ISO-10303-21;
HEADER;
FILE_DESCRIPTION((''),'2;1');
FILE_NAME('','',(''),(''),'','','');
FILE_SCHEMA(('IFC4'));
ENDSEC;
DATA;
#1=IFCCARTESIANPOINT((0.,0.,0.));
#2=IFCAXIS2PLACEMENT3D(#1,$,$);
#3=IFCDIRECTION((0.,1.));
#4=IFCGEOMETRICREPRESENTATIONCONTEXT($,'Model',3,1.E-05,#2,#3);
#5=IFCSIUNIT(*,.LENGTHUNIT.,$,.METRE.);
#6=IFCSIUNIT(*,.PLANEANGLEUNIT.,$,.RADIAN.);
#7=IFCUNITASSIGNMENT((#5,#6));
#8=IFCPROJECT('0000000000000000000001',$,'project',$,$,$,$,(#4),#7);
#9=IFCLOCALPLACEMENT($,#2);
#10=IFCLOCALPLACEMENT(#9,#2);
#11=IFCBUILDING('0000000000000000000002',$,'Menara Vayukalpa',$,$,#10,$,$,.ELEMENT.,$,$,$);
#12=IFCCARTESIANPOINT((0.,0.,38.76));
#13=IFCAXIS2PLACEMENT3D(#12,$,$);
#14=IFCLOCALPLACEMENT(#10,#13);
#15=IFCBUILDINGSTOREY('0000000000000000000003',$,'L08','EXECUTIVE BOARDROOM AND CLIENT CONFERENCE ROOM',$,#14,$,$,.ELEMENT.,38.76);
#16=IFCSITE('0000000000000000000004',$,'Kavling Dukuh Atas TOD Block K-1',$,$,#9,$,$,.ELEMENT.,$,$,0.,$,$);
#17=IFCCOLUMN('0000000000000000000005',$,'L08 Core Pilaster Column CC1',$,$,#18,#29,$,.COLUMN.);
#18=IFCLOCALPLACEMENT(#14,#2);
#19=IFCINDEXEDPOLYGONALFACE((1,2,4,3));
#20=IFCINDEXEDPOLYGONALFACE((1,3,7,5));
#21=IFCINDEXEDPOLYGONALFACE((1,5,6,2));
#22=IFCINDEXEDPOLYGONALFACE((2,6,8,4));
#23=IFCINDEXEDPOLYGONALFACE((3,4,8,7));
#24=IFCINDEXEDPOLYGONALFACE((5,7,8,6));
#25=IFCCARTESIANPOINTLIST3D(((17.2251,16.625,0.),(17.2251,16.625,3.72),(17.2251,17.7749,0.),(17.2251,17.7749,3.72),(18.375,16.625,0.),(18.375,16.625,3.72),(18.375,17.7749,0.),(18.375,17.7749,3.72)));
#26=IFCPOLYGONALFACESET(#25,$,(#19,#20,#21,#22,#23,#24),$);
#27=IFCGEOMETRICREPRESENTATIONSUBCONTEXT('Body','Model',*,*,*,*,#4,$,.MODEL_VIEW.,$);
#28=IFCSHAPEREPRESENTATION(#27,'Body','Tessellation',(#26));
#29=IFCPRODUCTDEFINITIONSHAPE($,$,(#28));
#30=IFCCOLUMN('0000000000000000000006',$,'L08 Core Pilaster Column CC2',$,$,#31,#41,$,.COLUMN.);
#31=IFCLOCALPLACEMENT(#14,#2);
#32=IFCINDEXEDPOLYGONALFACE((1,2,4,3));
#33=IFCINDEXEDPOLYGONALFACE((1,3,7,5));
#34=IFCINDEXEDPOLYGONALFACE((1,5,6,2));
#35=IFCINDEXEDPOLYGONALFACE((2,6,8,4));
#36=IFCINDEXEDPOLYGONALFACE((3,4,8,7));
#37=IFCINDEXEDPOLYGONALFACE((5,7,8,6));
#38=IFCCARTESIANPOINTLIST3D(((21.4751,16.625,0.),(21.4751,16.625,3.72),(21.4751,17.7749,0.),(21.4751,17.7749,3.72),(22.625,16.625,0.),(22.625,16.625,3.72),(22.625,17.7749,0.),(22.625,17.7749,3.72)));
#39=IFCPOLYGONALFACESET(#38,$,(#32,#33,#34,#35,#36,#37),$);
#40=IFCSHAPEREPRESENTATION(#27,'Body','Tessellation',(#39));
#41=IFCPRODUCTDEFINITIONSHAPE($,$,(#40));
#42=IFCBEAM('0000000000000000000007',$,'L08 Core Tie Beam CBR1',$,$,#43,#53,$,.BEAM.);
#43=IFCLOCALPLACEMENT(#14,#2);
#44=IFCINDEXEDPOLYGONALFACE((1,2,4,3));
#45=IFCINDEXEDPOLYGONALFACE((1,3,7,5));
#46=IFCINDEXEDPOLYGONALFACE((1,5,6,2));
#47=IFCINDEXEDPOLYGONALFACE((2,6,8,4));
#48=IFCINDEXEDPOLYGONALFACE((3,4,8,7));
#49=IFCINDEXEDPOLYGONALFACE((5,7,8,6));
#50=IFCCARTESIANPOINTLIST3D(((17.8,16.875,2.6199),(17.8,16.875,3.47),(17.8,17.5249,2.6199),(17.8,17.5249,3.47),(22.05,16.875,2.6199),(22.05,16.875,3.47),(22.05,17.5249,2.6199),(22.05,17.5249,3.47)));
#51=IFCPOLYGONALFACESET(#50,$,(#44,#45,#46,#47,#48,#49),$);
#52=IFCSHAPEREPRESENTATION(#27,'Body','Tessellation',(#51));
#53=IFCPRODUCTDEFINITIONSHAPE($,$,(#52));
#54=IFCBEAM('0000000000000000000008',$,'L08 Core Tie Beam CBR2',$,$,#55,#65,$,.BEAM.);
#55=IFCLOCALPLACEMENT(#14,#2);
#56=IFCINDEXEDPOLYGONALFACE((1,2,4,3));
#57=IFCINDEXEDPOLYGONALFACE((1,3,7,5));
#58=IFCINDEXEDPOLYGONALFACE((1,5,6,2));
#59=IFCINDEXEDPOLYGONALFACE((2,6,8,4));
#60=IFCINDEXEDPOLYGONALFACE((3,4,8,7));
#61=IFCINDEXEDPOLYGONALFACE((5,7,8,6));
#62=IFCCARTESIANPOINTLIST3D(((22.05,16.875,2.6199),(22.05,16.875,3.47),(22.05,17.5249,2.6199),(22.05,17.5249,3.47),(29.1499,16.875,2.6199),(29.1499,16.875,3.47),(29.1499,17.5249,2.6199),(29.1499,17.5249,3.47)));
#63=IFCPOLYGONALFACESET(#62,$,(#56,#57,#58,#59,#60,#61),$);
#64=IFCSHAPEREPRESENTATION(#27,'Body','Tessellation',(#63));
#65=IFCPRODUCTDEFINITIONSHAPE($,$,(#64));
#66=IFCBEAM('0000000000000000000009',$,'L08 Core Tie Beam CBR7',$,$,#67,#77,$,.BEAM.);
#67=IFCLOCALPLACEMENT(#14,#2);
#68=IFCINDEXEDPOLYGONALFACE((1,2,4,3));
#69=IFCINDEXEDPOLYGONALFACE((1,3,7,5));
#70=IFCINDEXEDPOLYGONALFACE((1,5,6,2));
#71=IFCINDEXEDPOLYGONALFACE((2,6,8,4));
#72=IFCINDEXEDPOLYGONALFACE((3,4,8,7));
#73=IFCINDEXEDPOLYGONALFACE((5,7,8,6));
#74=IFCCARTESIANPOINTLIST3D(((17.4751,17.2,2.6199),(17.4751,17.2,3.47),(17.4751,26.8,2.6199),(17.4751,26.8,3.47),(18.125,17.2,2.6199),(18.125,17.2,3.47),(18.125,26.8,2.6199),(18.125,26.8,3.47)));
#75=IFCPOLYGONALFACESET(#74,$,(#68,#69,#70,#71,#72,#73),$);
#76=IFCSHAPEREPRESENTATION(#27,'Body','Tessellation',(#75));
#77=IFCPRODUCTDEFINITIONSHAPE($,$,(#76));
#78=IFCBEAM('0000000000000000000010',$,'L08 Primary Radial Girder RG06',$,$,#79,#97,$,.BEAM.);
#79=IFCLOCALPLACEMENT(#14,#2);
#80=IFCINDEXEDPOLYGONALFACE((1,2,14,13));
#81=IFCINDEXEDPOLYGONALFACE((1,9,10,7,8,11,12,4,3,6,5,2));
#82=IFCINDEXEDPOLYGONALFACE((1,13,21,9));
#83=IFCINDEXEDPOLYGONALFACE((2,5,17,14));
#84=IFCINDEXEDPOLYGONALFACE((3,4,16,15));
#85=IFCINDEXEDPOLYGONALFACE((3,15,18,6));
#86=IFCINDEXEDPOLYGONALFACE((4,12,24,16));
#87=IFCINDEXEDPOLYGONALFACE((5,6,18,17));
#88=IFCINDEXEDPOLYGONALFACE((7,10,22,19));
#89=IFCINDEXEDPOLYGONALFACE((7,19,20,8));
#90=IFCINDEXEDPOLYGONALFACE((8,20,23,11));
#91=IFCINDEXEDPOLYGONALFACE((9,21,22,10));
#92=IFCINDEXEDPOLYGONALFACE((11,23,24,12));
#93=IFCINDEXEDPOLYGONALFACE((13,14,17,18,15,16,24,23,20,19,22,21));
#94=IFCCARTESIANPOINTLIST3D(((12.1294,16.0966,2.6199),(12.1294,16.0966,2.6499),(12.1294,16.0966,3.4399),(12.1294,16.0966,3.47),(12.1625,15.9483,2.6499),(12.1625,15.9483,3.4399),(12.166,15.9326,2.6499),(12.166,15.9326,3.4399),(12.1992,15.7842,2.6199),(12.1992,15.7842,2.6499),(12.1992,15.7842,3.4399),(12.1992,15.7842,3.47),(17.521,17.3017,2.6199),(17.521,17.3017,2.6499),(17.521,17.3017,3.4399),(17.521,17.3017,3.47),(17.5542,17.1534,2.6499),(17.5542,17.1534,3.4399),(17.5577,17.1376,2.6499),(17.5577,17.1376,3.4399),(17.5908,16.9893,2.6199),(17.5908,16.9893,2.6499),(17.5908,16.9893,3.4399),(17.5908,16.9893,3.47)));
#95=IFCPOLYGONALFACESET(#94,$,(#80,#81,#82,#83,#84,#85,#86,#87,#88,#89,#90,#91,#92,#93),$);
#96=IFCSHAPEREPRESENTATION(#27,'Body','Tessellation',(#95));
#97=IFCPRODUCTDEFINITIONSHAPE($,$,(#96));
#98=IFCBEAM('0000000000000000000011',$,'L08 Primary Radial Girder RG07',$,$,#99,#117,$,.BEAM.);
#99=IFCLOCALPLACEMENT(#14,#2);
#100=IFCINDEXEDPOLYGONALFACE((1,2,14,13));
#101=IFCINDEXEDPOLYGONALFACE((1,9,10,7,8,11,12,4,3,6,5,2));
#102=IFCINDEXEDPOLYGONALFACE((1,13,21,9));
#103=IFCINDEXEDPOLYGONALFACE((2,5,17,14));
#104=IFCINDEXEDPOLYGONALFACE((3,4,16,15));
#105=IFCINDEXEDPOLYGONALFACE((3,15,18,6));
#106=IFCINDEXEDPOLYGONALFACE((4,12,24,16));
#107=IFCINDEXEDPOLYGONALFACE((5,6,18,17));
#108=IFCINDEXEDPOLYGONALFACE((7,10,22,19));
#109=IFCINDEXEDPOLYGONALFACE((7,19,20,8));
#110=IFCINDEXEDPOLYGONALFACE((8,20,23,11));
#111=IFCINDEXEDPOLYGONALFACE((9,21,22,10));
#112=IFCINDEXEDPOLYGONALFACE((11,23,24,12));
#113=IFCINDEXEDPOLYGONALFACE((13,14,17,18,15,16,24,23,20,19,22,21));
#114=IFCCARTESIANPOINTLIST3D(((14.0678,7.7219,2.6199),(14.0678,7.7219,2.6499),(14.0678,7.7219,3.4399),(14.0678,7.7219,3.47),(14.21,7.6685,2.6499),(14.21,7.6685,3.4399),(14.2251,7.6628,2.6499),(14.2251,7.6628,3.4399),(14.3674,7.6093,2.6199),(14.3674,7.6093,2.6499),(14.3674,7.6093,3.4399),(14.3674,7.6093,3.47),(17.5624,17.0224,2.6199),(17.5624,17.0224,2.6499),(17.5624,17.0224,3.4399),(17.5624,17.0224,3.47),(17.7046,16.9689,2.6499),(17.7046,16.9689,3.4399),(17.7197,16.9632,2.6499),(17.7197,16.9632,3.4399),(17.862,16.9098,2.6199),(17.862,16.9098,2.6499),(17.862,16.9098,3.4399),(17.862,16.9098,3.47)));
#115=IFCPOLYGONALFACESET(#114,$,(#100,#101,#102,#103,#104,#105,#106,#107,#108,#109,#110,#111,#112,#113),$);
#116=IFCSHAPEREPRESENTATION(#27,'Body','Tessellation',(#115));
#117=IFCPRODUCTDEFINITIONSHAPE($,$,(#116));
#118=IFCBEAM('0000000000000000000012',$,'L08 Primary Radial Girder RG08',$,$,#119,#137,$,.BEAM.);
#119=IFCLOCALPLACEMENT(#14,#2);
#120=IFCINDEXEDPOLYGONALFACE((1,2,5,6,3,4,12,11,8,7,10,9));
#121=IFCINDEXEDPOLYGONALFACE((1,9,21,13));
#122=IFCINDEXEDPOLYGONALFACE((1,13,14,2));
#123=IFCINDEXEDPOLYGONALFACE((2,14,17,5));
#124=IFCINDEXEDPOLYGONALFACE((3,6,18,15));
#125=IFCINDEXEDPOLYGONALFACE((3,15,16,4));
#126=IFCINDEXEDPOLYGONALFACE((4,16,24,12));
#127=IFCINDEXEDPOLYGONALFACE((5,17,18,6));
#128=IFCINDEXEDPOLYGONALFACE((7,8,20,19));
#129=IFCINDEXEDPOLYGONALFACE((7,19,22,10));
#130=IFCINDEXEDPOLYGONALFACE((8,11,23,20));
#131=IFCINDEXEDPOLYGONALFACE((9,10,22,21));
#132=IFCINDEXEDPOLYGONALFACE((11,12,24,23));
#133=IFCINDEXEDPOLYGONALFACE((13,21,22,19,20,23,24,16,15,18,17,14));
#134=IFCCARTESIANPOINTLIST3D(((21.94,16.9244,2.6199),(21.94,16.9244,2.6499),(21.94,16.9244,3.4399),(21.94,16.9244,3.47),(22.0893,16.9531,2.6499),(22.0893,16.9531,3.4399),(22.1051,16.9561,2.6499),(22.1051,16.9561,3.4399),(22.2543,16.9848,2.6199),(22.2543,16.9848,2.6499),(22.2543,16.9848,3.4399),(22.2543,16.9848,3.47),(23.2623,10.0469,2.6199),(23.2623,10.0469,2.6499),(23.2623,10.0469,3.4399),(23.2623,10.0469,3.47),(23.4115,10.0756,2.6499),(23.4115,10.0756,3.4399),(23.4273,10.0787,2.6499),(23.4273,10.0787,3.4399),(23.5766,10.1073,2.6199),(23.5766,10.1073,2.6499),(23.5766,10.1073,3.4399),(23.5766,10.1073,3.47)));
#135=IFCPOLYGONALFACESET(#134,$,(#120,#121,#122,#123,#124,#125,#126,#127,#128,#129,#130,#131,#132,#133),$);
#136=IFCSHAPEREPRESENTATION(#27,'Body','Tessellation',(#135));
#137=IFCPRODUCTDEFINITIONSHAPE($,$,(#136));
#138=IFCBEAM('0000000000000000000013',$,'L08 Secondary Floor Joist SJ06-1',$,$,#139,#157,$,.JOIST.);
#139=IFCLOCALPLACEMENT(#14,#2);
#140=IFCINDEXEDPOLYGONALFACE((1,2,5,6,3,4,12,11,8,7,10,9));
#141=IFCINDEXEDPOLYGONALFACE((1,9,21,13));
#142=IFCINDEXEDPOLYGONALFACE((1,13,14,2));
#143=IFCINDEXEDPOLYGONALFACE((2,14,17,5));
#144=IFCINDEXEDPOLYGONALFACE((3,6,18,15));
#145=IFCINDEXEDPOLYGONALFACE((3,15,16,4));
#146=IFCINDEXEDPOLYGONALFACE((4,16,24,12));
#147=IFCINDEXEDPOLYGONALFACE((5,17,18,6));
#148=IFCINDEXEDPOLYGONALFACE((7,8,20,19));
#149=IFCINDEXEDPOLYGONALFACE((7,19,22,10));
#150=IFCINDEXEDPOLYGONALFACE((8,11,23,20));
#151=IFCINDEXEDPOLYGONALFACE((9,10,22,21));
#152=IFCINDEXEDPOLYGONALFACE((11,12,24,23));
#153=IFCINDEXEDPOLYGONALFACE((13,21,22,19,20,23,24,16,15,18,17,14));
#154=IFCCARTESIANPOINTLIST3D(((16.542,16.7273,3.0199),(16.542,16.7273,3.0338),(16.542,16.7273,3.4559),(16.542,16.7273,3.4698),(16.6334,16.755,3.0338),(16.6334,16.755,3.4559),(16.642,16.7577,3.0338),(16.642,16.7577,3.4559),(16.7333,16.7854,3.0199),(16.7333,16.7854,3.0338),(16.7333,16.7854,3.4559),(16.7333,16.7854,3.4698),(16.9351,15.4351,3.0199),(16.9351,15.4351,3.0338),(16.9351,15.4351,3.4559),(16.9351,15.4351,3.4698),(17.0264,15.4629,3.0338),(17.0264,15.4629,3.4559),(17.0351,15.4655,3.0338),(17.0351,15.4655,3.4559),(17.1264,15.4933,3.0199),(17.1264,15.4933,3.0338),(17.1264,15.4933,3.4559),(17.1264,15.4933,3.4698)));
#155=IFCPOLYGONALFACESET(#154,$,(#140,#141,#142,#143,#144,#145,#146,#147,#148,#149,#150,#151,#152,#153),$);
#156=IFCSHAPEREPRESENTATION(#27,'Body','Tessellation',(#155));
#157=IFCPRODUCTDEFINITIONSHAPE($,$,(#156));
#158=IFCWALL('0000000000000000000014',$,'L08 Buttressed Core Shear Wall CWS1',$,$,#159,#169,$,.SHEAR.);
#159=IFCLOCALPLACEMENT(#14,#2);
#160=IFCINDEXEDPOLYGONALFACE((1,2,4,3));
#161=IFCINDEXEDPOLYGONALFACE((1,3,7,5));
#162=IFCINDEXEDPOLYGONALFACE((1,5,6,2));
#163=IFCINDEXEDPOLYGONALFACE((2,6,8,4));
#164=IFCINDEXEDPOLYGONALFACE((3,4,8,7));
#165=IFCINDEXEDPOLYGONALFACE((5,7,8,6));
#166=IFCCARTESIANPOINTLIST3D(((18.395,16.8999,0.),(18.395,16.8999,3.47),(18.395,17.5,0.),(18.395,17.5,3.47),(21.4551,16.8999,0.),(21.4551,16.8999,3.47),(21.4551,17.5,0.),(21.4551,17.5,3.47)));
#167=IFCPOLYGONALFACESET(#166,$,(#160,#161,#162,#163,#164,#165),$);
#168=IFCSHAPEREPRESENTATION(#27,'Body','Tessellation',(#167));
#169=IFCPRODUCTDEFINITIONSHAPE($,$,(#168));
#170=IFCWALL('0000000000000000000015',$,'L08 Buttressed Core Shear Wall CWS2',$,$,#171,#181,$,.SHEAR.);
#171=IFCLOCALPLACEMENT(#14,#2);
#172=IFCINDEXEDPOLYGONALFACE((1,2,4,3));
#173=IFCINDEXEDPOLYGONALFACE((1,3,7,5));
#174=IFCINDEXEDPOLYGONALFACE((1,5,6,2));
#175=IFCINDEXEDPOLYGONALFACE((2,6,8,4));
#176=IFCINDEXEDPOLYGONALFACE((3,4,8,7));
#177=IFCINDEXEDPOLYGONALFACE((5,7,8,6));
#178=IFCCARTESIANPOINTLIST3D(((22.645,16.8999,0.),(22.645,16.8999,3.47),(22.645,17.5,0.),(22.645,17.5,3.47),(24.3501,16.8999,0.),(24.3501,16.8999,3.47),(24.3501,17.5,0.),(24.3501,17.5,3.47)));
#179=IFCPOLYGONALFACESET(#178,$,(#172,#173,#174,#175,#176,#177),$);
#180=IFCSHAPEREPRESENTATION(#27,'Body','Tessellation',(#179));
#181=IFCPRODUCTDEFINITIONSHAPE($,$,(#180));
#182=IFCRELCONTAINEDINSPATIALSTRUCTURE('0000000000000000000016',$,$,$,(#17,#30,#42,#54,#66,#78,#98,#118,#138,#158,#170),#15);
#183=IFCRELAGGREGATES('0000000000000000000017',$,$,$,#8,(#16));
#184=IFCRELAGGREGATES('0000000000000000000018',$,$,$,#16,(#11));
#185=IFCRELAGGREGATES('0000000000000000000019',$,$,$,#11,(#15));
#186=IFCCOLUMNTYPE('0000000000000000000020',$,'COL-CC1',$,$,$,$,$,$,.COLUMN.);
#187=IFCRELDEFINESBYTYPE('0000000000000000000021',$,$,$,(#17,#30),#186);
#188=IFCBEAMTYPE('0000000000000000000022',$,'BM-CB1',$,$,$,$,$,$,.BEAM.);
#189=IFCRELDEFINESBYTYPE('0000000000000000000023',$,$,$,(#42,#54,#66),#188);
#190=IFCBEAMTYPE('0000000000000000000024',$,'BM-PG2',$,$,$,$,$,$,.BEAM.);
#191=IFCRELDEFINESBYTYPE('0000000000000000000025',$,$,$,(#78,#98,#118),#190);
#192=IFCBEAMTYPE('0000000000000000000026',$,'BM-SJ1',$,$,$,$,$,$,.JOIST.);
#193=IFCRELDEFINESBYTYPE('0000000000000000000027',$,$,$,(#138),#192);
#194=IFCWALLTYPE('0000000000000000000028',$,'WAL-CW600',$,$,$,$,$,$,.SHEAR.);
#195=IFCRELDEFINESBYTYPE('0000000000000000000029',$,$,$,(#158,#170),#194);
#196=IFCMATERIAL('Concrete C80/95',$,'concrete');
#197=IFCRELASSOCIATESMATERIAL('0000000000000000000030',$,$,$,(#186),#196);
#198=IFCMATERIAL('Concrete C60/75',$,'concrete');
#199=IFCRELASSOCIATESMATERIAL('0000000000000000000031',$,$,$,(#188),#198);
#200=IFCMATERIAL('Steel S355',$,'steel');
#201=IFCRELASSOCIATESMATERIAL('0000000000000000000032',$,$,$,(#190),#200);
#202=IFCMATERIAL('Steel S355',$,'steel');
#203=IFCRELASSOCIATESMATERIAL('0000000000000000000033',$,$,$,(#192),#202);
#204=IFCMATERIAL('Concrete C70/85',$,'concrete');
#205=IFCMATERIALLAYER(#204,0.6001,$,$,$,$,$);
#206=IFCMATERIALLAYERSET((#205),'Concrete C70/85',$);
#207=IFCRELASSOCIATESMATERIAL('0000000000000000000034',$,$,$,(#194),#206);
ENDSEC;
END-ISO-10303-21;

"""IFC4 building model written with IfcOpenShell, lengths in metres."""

from ifc_helpers import new_model, si_unit, direction, frame, frame_2d, origin, origin_2d, place, context, subcontext, project, spatial, rectangle, i_section, extrude, material, layer, layer_set, material_profile, profile_set, type_object, element, save


model = new_model("IFC4")

# Units and contexts
model_context = context("Model", 3, precision=1e-05, world=origin(), true_north=direction((0.0, 1.0)))
body_context = subcontext(model_context, "Body", "Model", "MODEL_VIEW")
ifc_project = project(units=[si_unit("LENGTHUNIT", "METRE"), si_unit("PLANEANGLEUNIT", "RADIAN")], contexts=[model_context])

# Site, building, storey
site_placement = place(None, origin())
site = spatial("IfcSite", under=ifc_project, at=site_placement, Name="Kavling Dukuh Atas TOD Block K-1", CompositionType="ELEMENT", RefElevation=0.0)
building_placement = place(site_placement, origin())
building = spatial("IfcBuilding", under=site, at=building_placement, Name="Menara Vayukalpa", CompositionType="ELEMENT")
storey_placement = place(building_placement, frame((0.0, 0.0, 38.76)))
storey = spatial("IfcBuildingStorey", under=building, at=storey_placement, Name="L08", Description="EXECUTIVE BOARDROOM AND CLIENT CONFERENCE ROOM", CompositionType="ELEMENT", Elevation=38.76)

# Columns
ifc_material_1 = material(Name="Concrete C80/95", Category="concrete")
ifc_material_profile_1 = material_profile(ifc_material_1, rectangle(XDim=1.1499, YDim=1.1499, at=origin_2d()), Name="RC 1150x1150")
ifc_profile_set_1 = profile_set([ifc_material_profile_1], Name="Concrete C80/95")
column_type = type_object("IfcColumnType", Name="COL-CC1", PredefinedType="COLUMN", material=ifc_profile_set_1)
for number, where, z_axis, x_axis, name in (
    (1, (17.8, 17.2, 0.0), (0.0, 0.0, 1.0), (1.0, 0.0, 0.0), "L08 Core Pilaster Column CC1"),
    (2, (22.05, 17.2, 0.0), (0.0, 0.0, 1.0), (1.0, 0.0, 0.0), "L08 Core Pilaster Column CC2"),
):
    element("IfcColumn", number, at=place(storey_placement, frame(where, z_axis=z_axis, x_axis=x_axis)), inside=storey, type_object=column_type, Name=name, PredefinedType="COLUMN", context=body_context, shape_type="SweptSolid", body=[
        extrude(rectangle(XDim=1.1499, YDim=1.1499, at=origin_2d()), origin(), (0.0, 0.0, 1.0), 3.72),
    ])

# Beams
ifc_material_2 = material(Name="Concrete C60/75", Category="concrete")
ifc_material_profile_2 = material_profile(ifc_material_2, rectangle(XDim=0.6499, YDim=0.8501, at=origin_2d()), Name="RC 650x850")
ifc_profile_set_2 = profile_set([ifc_material_profile_2], Name="Concrete C60/75")
beam_type_1 = type_object("IfcBeamType", Name="BM-CB1", PredefinedType="BEAM", material=ifc_profile_set_2)
beam_1_placement = place(storey_placement, frame((17.8, 17.2, 3.0449), z_axis=(1.0, 0.0, 0.0), x_axis=(0.0, 1.0, 0.0)))
element("IfcBeam", 3, at=beam_1_placement, inside=storey, type_object=beam_type_1, Name="L08 Core Tie Beam CBR1", PredefinedType="BEAM", context=body_context, shape_type="SweptSolid", body=[
    extrude(rectangle(XDim=0.6499, YDim=0.8501, at=origin_2d()), origin(), (0.0, 0.0, 1.0), 4.25),
])
beam_2_placement = place(storey_placement, frame((22.05, 17.2, 3.0449), z_axis=(1.0, 0.0, 0.0), x_axis=(0.0, 1.0, 0.0)))
element("IfcBeam", 4, at=beam_2_placement, inside=storey, type_object=beam_type_1, Name="L08 Core Tie Beam CBR2", PredefinedType="BEAM", context=body_context, shape_type="SweptSolid", body=[
    extrude(rectangle(XDim=0.6499, YDim=0.8501, at=origin_2d()), origin(), (0.0, 0.0, 1.0), 7.0999),
])
beam_3_placement = place(storey_placement, frame((17.8, 17.2, 3.0449), z_axis=(0.0, 1.0, 0.0), x_axis=(-1.0, 0.0, 0.0)))
element("IfcBeam", 5, at=beam_3_placement, inside=storey, type_object=beam_type_1, Name="L08 Core Tie Beam CBR7", PredefinedType="BEAM", context=body_context, shape_type="SweptSolid", body=[
    extrude(rectangle(XDim=0.6499, YDim=0.8501, at=origin_2d()), origin(), (0.0, 0.0, 1.0), 9.6001),
])
ifc_material_3 = material(Name="Steel S355", Category="steel")
ifc_material_profile_3 = material_profile(ifc_material_3, i_section(OverallWidth=0.3201, OverallDepth=0.8501, WebThickness=0.0161, FlangeThickness=0.03, at=origin_2d()), Name="WF 850x320x16x30")
ifc_profile_set_3 = profile_set([ifc_material_profile_3], Name="Steel S355")
beam_type_2 = type_object("IfcBeamType", Name="BM-PG2", PredefinedType="BEAM", material=ifc_profile_set_3)
beam_4_placement = place(storey_placement, frame((17.5559, 17.1455, 3.0449), z_axis=(-0.97592, -0.218128, 0.0), x_axis=(0.218128, -0.97592, 0.0)))
element("IfcBeam", 6, at=beam_4_placement, inside=storey, type_object=beam_type_2, Name="L08 Primary Radial Girder RG06", PredefinedType="BEAM", context=body_context, shape_type="SweptSolid", body=[
    extrude(i_section(OverallWidth=0.3201, OverallDepth=0.8501, WebThickness=0.0161, FlangeThickness=0.03, at=origin_2d()), origin(), (0.0, 0.0, 1.0), 5.5247),
])
beam_5_placement = place(storey_placement, frame((17.7122, 16.9661, 3.0449), z_axis=(-0.351735, -0.9361, 0.0), x_axis=(0.9361, -0.351735, 0.0)))
element("IfcBeam", 7, at=beam_5_placement, inside=storey, type_object=beam_type_2, Name="L08 Primary Radial Girder RG07", PredefinedType="BEAM", context=body_context, shape_type="SweptSolid", body=[
    extrude(i_section(OverallWidth=0.3201, OverallDepth=0.8501, WebThickness=0.0161, FlangeThickness=0.03, at=origin_2d()), origin(), (0.0, 0.0, 1.0), 9.9353),
])
beam_6_placement = place(storey_placement, frame((22.0972, 16.9546, 3.0449), z_axis=(0.188803, -0.982015, 0.0), x_axis=(0.982015, 0.188803, 0.0)))
element("IfcBeam", 8, at=beam_6_placement, inside=storey, type_object=beam_type_2, Name="L08 Primary Radial Girder RG08", PredefinedType="BEAM", context=body_context, shape_type="SweptSolid", body=[
    extrude(i_section(OverallWidth=0.3201, OverallDepth=0.8501, WebThickness=0.0161, FlangeThickness=0.03, at=origin_2d()), origin(), (0.0, 0.0, 1.0), 7.0034),
])
ifc_material_4 = material(Name="Steel S355", Category="steel")
ifc_material_profile_4 = material_profile(ifc_material_4, i_section(OverallWidth=0.2, OverallDepth=0.45, WebThickness=0.009, FlangeThickness=0.0139, at=origin_2d()), Name="WF 450x200x9x14")
ifc_profile_set_4 = profile_set([ifc_material_profile_4], Name="Steel S355")
beam_type_3 = type_object("IfcBeamType", Name="BM-SJ1", PredefinedType="JOIST", material=ifc_profile_set_4)
beam_7_placement = place(storey_placement, frame((16.6377, 16.7563, 3.2449), z_axis=(0.291011, -0.95672, 0.0), x_axis=(0.95672, 0.291011, 0.0)))
element("IfcBeam", 9, at=beam_7_placement, inside=storey, type_object=beam_type_3, Name="L08 Secondary Floor Joist SJ06-1", PredefinedType="JOIST", context=body_context, shape_type="SweptSolid", body=[
    extrude(i_section(OverallWidth=0.2, OverallDepth=0.45, WebThickness=0.009, FlangeThickness=0.0139, at=origin_2d()), origin(), (0.0, 0.0, 1.0), 1.3506),
])

# Walls
ifc_material_5 = material(Name="Concrete C70/85", Category="concrete")
ifc_layer_1 = layer(ifc_material_5, 0.6001)
ifc_layer_set_1 = layer_set([ifc_layer_1], Name="Concrete C70/85")
wall_type_1 = type_object("IfcWallType", Name="WAL-CW600", PredefinedType="SHEAR", material=ifc_layer_set_1)
wall_1_placement = place(storey_placement, frame((18.395, 17.2, 0.0), z_axis=(0.0, 0.0, 1.0), x_axis=(1.0, 0.0, 0.0)))
element("IfcWall", 10, at=wall_1_placement, inside=storey, type_object=wall_type_1, Name="L08 Buttressed Core Shear Wall CWS1", PredefinedType="SHEAR", context=body_context, shape_type="SweptSolid", body=[
    extrude(rectangle(XDim=3.0601, YDim=0.6001, at=frame_2d((1.53, 0.0))), origin(), (0.0, 0.0, 1.0), 3.47),
])
wall_2_placement = place(storey_placement, frame((22.645, 17.2, 0.0), z_axis=(0.0, 0.0, 1.0), x_axis=(1.0, 0.0, 0.0)))
element("IfcWall", 11, at=wall_2_placement, inside=storey, type_object=wall_type_1, Name="L08 Buttressed Core Shear Wall CWS2", PredefinedType="SHEAR", context=body_context, shape_type="SweptSolid", body=[
    extrude(rectangle(XDim=1.7051, YDim=0.6001, at=frame_2d((0.8525, 0.0))), origin(), (0.0, 0.0, 1.0), 3.47),
])

save(model, "model.ifc")
